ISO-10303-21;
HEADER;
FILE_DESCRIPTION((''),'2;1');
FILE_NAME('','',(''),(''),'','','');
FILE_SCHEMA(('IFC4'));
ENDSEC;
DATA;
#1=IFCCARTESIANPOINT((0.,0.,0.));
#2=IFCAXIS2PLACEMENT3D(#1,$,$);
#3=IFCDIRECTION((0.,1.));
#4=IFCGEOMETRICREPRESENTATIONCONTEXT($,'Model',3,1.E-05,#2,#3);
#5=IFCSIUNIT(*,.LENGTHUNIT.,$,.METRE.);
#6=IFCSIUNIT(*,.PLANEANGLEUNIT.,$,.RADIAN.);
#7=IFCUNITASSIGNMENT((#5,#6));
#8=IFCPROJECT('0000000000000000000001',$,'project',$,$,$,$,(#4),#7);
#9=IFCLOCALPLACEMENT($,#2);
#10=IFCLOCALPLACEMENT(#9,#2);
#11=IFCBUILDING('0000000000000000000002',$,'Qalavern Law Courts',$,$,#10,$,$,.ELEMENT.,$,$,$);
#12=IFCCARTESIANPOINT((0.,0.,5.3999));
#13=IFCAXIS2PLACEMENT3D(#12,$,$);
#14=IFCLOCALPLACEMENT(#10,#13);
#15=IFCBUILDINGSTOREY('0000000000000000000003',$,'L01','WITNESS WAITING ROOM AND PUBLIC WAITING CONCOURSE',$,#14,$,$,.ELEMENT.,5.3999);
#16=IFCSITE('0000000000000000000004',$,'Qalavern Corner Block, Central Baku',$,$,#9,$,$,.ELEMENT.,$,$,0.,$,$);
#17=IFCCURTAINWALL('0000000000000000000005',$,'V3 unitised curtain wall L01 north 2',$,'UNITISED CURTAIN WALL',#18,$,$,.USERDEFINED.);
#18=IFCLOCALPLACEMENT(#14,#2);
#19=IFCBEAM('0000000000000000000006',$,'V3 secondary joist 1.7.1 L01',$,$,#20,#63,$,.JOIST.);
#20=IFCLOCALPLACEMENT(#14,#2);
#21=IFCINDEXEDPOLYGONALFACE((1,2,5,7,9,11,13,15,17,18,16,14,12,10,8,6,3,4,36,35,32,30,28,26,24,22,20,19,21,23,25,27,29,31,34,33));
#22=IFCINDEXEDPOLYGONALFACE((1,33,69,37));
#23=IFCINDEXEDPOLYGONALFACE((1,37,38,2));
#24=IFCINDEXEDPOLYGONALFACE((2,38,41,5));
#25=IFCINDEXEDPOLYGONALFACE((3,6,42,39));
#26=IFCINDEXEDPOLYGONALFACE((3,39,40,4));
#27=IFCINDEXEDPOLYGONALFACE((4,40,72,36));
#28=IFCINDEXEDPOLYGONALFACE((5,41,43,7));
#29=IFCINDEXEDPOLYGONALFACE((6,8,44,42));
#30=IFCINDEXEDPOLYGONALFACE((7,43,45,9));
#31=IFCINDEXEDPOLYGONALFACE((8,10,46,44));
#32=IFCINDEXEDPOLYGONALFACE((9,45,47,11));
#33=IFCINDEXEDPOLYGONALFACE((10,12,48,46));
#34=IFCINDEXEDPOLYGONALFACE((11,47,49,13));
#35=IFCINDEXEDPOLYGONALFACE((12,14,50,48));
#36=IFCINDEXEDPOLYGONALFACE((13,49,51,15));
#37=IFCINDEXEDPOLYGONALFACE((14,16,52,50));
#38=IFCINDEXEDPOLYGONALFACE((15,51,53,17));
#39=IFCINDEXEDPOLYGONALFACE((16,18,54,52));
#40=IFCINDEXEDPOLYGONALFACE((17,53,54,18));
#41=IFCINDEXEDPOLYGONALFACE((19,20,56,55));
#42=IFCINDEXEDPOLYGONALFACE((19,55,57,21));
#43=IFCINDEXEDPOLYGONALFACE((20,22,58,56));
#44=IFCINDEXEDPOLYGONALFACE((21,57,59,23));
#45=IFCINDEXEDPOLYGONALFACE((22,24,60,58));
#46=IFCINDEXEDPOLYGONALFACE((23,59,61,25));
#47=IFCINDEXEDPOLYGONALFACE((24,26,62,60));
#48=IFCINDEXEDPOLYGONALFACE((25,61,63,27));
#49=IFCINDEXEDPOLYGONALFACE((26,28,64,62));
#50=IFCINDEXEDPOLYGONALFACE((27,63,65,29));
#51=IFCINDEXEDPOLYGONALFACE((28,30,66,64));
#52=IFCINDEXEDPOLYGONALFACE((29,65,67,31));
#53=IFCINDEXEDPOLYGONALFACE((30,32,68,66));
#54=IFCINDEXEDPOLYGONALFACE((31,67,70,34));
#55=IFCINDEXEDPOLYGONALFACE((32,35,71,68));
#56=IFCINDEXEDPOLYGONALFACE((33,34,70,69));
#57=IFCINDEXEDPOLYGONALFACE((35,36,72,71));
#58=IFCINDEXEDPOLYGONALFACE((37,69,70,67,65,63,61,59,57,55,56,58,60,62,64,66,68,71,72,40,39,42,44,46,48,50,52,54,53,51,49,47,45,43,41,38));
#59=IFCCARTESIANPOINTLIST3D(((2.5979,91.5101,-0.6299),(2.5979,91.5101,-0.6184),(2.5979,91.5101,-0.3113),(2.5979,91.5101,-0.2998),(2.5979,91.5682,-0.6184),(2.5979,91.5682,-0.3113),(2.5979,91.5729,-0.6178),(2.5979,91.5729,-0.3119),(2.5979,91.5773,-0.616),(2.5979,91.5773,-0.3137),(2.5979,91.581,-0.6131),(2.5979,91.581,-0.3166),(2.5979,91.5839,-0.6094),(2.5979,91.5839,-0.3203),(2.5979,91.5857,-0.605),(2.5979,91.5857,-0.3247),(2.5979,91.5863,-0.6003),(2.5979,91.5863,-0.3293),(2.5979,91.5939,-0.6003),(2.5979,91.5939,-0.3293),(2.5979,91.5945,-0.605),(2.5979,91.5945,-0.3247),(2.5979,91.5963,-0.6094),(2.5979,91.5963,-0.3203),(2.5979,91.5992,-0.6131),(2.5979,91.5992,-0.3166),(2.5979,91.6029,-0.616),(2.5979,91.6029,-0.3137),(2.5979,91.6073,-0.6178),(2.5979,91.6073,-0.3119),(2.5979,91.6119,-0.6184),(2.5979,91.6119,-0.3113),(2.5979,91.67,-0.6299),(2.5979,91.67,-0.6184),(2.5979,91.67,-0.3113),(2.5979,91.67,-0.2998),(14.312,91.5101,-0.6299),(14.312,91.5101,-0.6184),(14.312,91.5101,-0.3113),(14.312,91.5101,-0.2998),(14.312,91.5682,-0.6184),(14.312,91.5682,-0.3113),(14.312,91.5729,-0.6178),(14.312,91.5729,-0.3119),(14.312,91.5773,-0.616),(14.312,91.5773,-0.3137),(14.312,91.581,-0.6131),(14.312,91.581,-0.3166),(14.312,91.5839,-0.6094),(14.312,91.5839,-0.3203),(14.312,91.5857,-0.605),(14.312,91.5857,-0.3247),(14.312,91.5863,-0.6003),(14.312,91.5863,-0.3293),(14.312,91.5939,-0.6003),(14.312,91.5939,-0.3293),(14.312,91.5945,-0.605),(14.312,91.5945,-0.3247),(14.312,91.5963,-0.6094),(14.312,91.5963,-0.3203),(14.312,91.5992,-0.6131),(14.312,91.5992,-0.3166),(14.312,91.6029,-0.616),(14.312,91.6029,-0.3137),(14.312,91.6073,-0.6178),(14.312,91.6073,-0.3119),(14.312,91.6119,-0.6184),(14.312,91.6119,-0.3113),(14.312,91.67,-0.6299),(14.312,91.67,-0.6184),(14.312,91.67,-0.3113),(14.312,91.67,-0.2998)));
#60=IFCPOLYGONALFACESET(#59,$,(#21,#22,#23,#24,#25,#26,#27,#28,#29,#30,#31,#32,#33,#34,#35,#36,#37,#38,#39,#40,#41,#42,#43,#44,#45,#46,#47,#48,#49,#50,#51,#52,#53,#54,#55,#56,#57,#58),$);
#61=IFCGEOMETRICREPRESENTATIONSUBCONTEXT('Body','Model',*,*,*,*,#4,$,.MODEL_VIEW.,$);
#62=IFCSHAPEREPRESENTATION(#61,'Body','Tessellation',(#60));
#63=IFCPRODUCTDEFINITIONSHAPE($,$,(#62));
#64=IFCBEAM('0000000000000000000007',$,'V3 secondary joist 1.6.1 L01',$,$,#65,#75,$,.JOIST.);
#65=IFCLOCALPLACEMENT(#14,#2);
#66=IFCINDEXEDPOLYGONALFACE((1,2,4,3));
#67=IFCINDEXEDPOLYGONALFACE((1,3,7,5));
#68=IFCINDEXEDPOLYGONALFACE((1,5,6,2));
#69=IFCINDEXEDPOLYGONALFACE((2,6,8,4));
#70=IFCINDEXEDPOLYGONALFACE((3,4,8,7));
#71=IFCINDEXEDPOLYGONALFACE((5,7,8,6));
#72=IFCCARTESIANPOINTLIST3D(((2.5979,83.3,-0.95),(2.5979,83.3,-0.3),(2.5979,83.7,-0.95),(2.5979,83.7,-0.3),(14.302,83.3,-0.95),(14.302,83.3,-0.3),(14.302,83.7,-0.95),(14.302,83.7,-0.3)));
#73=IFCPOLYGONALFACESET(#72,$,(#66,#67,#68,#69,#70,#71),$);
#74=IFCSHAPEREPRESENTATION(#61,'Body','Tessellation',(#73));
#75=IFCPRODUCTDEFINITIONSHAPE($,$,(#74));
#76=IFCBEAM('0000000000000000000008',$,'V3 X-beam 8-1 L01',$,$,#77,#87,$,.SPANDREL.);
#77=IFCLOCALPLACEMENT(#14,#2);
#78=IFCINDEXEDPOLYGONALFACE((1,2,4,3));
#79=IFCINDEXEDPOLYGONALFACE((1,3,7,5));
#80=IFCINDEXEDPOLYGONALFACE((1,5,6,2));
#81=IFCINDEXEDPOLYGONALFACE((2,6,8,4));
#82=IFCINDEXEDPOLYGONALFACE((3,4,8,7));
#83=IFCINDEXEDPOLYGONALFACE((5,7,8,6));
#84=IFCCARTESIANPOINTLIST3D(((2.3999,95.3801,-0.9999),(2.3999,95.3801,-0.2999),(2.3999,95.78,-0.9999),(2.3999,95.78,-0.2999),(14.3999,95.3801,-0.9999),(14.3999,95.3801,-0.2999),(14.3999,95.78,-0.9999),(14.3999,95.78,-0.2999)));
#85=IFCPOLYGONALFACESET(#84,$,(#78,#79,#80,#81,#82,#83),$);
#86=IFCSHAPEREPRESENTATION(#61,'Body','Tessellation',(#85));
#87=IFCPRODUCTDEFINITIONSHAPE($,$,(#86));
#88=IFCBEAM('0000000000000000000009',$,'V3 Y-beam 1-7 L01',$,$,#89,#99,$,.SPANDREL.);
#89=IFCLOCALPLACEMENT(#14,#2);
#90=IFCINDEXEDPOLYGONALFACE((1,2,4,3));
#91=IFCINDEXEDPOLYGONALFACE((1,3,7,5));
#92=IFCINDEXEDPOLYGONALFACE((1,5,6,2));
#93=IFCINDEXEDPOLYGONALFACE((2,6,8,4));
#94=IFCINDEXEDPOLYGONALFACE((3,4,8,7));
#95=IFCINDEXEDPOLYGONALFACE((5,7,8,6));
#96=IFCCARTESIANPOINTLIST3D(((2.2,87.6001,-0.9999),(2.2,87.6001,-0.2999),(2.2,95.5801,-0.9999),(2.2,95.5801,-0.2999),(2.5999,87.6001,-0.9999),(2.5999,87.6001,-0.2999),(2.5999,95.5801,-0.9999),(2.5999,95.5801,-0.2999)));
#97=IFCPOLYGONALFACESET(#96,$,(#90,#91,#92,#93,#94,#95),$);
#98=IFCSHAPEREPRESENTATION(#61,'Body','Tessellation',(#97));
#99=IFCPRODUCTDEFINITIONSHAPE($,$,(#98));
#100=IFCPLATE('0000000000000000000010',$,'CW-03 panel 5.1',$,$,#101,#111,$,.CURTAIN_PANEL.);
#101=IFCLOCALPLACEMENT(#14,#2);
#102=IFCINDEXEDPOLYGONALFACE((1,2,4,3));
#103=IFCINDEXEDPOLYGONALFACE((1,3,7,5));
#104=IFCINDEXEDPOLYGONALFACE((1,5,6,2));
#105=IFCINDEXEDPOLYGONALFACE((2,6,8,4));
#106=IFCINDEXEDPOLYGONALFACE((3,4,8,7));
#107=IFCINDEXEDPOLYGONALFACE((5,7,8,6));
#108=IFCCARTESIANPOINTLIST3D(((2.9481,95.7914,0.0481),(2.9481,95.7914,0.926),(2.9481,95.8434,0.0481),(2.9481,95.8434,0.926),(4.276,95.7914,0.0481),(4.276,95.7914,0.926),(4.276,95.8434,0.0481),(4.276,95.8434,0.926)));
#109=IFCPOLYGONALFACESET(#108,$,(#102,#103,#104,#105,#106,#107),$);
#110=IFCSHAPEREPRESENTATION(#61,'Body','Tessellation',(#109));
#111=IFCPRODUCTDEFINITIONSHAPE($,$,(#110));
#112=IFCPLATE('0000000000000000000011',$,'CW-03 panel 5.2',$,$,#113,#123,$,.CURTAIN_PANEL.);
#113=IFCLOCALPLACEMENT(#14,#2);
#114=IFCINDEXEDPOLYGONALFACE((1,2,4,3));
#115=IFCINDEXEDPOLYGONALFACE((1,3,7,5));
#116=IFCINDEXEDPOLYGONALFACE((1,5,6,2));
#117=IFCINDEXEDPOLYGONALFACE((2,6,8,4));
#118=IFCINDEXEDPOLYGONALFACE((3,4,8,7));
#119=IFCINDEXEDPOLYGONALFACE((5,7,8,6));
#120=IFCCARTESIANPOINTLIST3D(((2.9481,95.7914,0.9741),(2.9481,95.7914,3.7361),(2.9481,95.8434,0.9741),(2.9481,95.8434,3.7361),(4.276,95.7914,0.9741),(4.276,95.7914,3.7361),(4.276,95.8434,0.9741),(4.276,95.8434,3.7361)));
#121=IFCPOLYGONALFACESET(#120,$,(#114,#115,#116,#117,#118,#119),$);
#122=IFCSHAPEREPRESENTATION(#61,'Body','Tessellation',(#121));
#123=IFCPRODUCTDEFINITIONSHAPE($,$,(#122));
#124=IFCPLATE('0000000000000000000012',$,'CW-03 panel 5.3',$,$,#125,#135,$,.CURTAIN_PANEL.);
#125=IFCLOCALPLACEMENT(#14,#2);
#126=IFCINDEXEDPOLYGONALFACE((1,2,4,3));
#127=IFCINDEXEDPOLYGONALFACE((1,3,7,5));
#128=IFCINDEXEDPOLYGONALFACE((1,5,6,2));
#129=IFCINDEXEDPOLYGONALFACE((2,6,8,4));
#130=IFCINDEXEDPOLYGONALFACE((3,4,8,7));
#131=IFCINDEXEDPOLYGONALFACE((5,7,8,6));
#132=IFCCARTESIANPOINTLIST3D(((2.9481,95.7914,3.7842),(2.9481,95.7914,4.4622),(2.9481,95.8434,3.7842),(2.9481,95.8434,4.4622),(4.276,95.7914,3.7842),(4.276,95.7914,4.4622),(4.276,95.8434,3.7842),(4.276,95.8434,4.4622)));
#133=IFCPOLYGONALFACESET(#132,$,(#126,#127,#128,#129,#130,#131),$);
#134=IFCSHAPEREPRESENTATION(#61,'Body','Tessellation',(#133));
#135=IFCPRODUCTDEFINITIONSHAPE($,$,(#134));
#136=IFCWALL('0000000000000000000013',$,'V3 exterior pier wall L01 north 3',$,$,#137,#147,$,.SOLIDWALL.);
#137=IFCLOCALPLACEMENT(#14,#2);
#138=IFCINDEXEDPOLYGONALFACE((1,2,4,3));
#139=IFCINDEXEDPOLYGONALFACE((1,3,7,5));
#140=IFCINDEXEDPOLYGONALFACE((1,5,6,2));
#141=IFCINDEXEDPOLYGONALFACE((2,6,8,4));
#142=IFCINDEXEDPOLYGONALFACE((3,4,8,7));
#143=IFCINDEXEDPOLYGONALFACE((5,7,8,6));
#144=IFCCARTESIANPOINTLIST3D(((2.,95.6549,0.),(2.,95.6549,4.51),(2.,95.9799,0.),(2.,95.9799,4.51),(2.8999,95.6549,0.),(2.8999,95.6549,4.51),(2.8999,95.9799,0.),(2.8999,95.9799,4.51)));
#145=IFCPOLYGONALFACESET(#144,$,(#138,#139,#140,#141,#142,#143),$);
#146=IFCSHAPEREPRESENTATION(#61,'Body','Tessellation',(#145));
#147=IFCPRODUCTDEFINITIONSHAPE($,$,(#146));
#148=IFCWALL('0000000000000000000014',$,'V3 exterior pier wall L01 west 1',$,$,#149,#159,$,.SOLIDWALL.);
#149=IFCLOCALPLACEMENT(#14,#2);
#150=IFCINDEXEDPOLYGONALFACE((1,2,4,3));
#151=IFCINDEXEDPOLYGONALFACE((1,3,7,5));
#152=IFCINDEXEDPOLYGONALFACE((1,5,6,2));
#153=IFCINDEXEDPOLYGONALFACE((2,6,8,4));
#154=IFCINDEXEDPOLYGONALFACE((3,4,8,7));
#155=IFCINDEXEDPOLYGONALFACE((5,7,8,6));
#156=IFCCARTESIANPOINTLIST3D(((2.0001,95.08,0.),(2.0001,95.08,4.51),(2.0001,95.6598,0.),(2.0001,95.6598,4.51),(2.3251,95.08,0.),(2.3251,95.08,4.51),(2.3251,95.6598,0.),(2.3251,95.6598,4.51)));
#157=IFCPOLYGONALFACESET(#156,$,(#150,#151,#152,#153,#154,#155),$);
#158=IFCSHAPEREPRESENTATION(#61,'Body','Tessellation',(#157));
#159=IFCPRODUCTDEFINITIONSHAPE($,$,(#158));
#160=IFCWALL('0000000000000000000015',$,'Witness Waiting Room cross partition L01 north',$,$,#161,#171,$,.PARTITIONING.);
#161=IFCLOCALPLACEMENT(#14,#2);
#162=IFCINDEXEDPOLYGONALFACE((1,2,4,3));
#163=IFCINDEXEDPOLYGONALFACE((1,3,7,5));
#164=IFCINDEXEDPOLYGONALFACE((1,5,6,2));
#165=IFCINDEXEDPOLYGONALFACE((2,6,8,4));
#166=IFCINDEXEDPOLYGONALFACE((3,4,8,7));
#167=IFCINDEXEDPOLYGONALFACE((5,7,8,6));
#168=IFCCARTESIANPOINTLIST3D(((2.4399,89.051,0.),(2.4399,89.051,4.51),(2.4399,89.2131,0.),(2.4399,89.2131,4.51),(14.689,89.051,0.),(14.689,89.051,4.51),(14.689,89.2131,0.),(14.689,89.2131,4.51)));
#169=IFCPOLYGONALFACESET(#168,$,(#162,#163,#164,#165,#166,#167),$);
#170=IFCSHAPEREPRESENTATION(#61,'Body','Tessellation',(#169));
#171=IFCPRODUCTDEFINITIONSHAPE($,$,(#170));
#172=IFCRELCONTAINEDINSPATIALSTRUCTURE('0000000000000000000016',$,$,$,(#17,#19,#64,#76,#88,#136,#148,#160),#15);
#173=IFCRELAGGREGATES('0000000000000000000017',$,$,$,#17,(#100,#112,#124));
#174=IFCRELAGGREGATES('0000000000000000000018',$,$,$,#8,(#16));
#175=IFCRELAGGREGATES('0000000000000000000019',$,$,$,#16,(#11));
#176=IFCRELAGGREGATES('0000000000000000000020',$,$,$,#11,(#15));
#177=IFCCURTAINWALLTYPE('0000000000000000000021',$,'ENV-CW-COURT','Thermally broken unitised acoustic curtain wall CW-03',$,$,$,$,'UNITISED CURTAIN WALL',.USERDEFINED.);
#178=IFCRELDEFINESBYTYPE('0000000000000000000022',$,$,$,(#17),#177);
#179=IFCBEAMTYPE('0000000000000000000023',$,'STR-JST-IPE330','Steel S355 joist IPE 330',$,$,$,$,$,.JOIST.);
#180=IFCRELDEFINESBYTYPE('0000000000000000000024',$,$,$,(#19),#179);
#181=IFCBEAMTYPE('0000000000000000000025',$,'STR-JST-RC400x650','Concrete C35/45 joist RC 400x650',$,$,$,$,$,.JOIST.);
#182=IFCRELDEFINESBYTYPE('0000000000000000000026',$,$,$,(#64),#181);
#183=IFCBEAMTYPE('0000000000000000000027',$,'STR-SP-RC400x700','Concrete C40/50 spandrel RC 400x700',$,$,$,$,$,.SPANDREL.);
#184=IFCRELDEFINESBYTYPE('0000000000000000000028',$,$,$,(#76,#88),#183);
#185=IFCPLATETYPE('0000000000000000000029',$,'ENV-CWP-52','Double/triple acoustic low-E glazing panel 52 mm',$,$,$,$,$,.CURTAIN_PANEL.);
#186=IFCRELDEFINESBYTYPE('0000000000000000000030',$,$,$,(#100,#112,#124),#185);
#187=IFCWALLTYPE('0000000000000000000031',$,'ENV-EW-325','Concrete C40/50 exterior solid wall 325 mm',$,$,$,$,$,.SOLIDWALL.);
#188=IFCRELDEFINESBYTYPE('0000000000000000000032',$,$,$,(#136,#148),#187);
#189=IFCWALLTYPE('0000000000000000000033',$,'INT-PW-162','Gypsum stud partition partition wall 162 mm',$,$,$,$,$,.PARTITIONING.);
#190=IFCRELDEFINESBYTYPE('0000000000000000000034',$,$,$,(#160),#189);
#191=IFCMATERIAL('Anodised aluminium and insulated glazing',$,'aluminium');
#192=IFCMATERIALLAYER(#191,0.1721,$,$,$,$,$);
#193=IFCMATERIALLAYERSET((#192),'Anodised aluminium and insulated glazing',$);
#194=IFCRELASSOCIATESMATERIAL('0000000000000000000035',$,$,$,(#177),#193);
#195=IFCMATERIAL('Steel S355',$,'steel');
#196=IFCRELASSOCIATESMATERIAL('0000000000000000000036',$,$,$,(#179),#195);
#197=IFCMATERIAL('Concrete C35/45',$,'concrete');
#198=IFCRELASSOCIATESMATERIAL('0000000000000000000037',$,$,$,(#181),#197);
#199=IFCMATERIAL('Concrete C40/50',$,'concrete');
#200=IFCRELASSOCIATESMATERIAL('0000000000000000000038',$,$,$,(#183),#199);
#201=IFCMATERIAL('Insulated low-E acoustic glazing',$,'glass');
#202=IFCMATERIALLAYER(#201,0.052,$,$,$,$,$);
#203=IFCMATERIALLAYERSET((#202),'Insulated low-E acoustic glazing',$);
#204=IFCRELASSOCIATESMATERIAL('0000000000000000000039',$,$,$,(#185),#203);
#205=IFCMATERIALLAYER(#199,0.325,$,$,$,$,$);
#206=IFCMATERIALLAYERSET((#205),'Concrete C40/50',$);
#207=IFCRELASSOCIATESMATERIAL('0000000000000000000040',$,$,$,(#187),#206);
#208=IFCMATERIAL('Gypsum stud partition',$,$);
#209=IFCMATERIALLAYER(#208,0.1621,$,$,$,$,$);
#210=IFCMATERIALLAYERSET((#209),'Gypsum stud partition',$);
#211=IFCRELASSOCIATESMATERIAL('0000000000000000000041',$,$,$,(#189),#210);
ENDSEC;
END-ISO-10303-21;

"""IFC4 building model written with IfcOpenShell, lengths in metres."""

from ifc_helpers import new_model, si_unit, direction, frame, frame_2d, origin, origin_2d, place, context, subcontext, project, spatial, rectangle, i_section, extrude, material, layer, layer_set, material_profile, profile_set, type_object, element, aggregate, save


model = new_model("IFC4")

# Units and contexts
model_context = context("Model", 3, precision=1e-05, world=origin(), true_north=direction((0.0, 1.0)))
body_context = subcontext(model_context, "Body", "Model", "MODEL_VIEW")
ifc_project = project(units=[si_unit("LENGTHUNIT", "METRE"), si_unit("PLANEANGLEUNIT", "RADIAN")], contexts=[model_context])

# Site, building, storey
site_placement = place(None, origin())
site = spatial("IfcSite", under=ifc_project, at=site_placement, Name="Qalavern Corner Block, Central Baku", CompositionType="ELEMENT", RefElevation=0.0)
building_placement = place(site_placement, origin())
building = spatial("IfcBuilding", under=site, at=building_placement, Name="Qalavern Law Courts", CompositionType="ELEMENT")
storey_placement = place(building_placement, frame((0.0, 0.0, 5.3999)))
storey = spatial("IfcBuildingStorey", under=building, at=storey_placement, Name="L01", Description="WITNESS WAITING ROOM AND PUBLIC WAITING CONCOURSE", CompositionType="ELEMENT", Elevation=5.3999)

# Curtain wall
ifc_material_1 = material(Name="Anodised aluminium and insulated glazing", Category="aluminium")
ifc_layer_1 = layer(ifc_material_1, 0.1721)
ifc_layer_set_1 = layer_set([ifc_layer_1], Name="Anodised aluminium and insulated glazing")
curtain_wall_type = type_object("IfcCurtainWallType", Name="ENV-CW-COURT", Description="Thermally broken unitised acoustic curtain wall CW-03", ElementType="UNITISED CURTAIN WALL", PredefinedType="USERDEFINED", material=ifc_layer_set_1)
curtain_wall_1_placement = place(storey_placement, origin())
curtain_wall_1 = element("IfcCurtainWall", 1, at=curtain_wall_1_placement, inside=storey, type_object=curtain_wall_type, Name="V3 unitised curtain wall L01 north 2", ObjectType="UNITISED CURTAIN WALL", PredefinedType="USERDEFINED")

# Beams
ifc_material_2 = material(Name="Concrete C40/50", Category="concrete")
ifc_material_3 = material(Name="Steel S355", Category="steel")
ifc_material_profile_1 = material_profile(ifc_material_3, i_section(OverallWidth=0.1599, OverallDepth=0.3301, WebThickness=0.0076, FlangeThickness=0.0115, FilletRadius=0.0181, at=origin_2d()), Name="IPE 330")
ifc_profile_set_1 = profile_set([ifc_material_profile_1], Name="Steel S355")
beam_type_1 = type_object("IfcBeamType", Name="STR-JST-IPE330", Description="Steel S355 joist IPE 330", PredefinedType="JOIST", material=ifc_profile_set_1)
beam_1_placement = place(storey_placement, frame((2.5979, 91.5901, -0.4648), z_axis=(1.0, 0.0, 0.0), x_axis=(0.0, 1.0, 0.0)))
element("IfcBeam", 2, at=beam_1_placement, inside=storey, type_object=beam_type_1, Name="V3 secondary joist 1.7.1 L01", PredefinedType="JOIST", context=body_context, shape_type="SweptSolid", body=[
    extrude(i_section(OverallWidth=0.1599, OverallDepth=0.3301, WebThickness=0.0076, FlangeThickness=0.0115, FilletRadius=0.0181, at=origin_2d()), origin(), (0.0, 0.0, 1.0), 11.7141),
])
ifc_material_4 = material(Name="Concrete C35/45", Category="concrete")
ifc_material_profile_2 = material_profile(ifc_material_4, rectangle(XDim=0.3999, YDim=0.6499, at=origin_2d()), Name="RC 400x650")
ifc_profile_set_2 = profile_set([ifc_material_profile_2], Name="Concrete C35/45")
beam_type_2 = type_object("IfcBeamType", Name="STR-JST-RC400x650", Description="Concrete C35/45 joist RC 400x650", PredefinedType="JOIST", material=ifc_profile_set_2)
beam_2_placement = place(storey_placement, frame((2.5979, 83.5, -0.625), z_axis=(1.0, 0.0, 0.0), x_axis=(0.0, 1.0, 0.0)))
element("IfcBeam", 3, at=beam_2_placement, inside=storey, type_object=beam_type_2, Name="V3 secondary joist 1.6.1 L01", PredefinedType="JOIST", context=body_context, shape_type="SweptSolid", body=[
    extrude(rectangle(XDim=0.3999, YDim=0.6499, at=origin_2d()), origin(), (0.0, 0.0, 1.0), 11.7041),
])
ifc_material_profile_3 = material_profile(ifc_material_2, rectangle(XDim=0.3999, YDim=0.7, at=origin_2d()), Name="RC 400x700")
ifc_profile_set_3 = profile_set([ifc_material_profile_3], Name="Concrete C40/50")
beam_type_3 = type_object("IfcBeamType", Name="STR-SP-RC400x700", Description="Concrete C40/50 spandrel RC 400x700", PredefinedType="SPANDREL", material=ifc_profile_set_3)
beam_3_placement = place(storey_placement, frame((2.3999, 95.5801, -0.6499), z_axis=(1.0, 0.0, 0.0), x_axis=(0.0, 1.0, 0.0)))
element("IfcBeam", 4, at=beam_3_placement, inside=storey, type_object=beam_type_3, Name="V3 X-beam 8-1 L01", PredefinedType="SPANDREL", context=body_context, shape_type="SweptSolid", body=[
    extrude(rectangle(XDim=0.3999, YDim=0.7, at=origin_2d()), origin(), (0.0, 0.0, 1.0), 12.0),
])
beam_4_placement = place(storey_placement, frame((2.3999, 87.6001, -0.6499), z_axis=(0.0, 1.0, 0.0), x_axis=(-1.0, 0.0, 0.0)))
element("IfcBeam", 5, at=beam_4_placement, inside=storey, type_object=beam_type_3, Name="V3 Y-beam 1-7 L01", PredefinedType="SPANDREL", context=body_context, shape_type="SweptSolid", body=[
    extrude(rectangle(XDim=0.3999, YDim=0.7, at=origin_2d()), origin(), (0.0, 0.0, 1.0), 7.98),
])

# Plates
ifc_material_5 = material(Name="Insulated low-E acoustic glazing", Category="glass")
ifc_layer_2 = layer(ifc_material_5, 0.052)
ifc_layer_set_2 = layer_set([ifc_layer_2], Name="Insulated low-E acoustic glazing")
plate_type = type_object("IfcPlateType", Name="ENV-CWP-52", Description="Double/triple acoustic low-E glazing panel 52 mm", PredefinedType="CURTAIN_PANEL", material=ifc_layer_set_2)
plate_1_placement = place(storey_placement, frame((3.6121, 95.8174, 0.0481), z_axis=(0.0, 0.0, 1.0), x_axis=(-1.0, 0.0, 0.0)))
plate_1 = element("IfcPlate", 6, at=plate_1_placement, type_object=plate_type, Name="CW-03 panel 5.1", PredefinedType="CURTAIN_PANEL", context=body_context, shape_type="SweptSolid", body=[
    extrude(rectangle(XDim=1.3279, YDim=0.052, at=origin_2d()), origin(), (0.0, 0.0, 1.0), 0.8779),
])
plate_2_placement = place(storey_placement, frame((3.6121, 95.8174, 0.9741), z_axis=(0.0, 0.0, 1.0), x_axis=(-1.0, 0.0, 0.0)))
plate_2 = element("IfcPlate", 7, at=plate_2_placement, type_object=plate_type, Name="CW-03 panel 5.2", PredefinedType="CURTAIN_PANEL", context=body_context, shape_type="SweptSolid", body=[
    extrude(rectangle(XDim=1.3279, YDim=0.052, at=origin_2d()), origin(), (0.0, 0.0, 1.0), 2.762),
])
plate_3_placement = place(storey_placement, frame((3.6121, 95.8174, 3.7842), z_axis=(0.0, 0.0, 1.0), x_axis=(-1.0, 0.0, 0.0)))
plate_3 = element("IfcPlate", 8, at=plate_3_placement, type_object=plate_type, Name="CW-03 panel 5.3", PredefinedType="CURTAIN_PANEL", context=body_context, shape_type="SweptSolid", body=[
    extrude(rectangle(XDim=1.3279, YDim=0.052, at=origin_2d()), origin(), (0.0, 0.0, 1.0), 0.678),
])
aggregate(curtain_wall_1, [plate_1, plate_2, plate_3])

# Walls
ifc_layer_3 = layer(ifc_material_2, 0.325)
ifc_layer_set_3 = layer_set([ifc_layer_3], Name="Concrete C40/50")
wall_type_1 = type_object("IfcWallType", Name="ENV-EW-325", Description="Concrete C40/50 exterior solid wall 325 mm", PredefinedType="SOLIDWALL", material=ifc_layer_set_3)
wall_1_placement = place(storey_placement, frame((2.8999, 95.8174, 0.0), z_axis=(0.0, 0.0, 1.0), x_axis=(-1.0, 0.0, 0.0)))
element("IfcWall", 9, at=wall_1_placement, inside=storey, type_object=wall_type_1, Name="V3 exterior pier wall L01 north 3", PredefinedType="SOLIDWALL", context=body_context, shape_type="SweptSolid", body=[
    extrude(rectangle(XDim=0.8999, YDim=0.325, at=frame_2d((0.45, 0.0))), origin(), (0.0, 0.0, 1.0), 4.51),
])
wall_2_placement = place(storey_placement, frame((2.1626, 95.6599, 0.0), z_axis=(0.0, 0.0, 1.0), x_axis=(0.0, -1.0, 0.0)))
element("IfcWall", 10, at=wall_2_placement, inside=storey, type_object=wall_type_1, Name="V3 exterior pier wall L01 west 1", PredefinedType="SOLIDWALL", context=body_context, shape_type="SweptSolid", body=[
    extrude(rectangle(XDim=0.5798, YDim=0.325, at=frame_2d((0.29, 0.0))), origin(), (0.0, 0.0, 1.0), 4.51),
])
ifc_material_6 = material(Name="Gypsum stud partition")
ifc_layer_4 = layer(ifc_material_6, 0.1621)
ifc_layer_set_4 = layer_set([ifc_layer_4], Name="Gypsum stud partition")
wall_type_2 = type_object("IfcWallType", Name="INT-PW-162", Description="Gypsum stud partition partition wall 162 mm", PredefinedType="PARTITIONING", material=ifc_layer_set_4)
wall_3_placement = place(storey_placement, frame((2.4399, 89.1321, 0.0), z_axis=(0.0, 0.0, 1.0), x_axis=(1.0, 0.0, 0.0)))
element("IfcWall", 11, at=wall_3_placement, inside=storey, type_object=wall_type_2, Name="Witness Waiting Room cross partition L01 north", PredefinedType="PARTITIONING", context=body_context, shape_type="SweptSolid", body=[
    extrude(rectangle(XDim=12.249, YDim=0.1621, at=frame_2d((6.1245, 0.0))), origin(), (0.0, 0.0, 1.0), 4.51),
])

save(model, "model.ifc")
